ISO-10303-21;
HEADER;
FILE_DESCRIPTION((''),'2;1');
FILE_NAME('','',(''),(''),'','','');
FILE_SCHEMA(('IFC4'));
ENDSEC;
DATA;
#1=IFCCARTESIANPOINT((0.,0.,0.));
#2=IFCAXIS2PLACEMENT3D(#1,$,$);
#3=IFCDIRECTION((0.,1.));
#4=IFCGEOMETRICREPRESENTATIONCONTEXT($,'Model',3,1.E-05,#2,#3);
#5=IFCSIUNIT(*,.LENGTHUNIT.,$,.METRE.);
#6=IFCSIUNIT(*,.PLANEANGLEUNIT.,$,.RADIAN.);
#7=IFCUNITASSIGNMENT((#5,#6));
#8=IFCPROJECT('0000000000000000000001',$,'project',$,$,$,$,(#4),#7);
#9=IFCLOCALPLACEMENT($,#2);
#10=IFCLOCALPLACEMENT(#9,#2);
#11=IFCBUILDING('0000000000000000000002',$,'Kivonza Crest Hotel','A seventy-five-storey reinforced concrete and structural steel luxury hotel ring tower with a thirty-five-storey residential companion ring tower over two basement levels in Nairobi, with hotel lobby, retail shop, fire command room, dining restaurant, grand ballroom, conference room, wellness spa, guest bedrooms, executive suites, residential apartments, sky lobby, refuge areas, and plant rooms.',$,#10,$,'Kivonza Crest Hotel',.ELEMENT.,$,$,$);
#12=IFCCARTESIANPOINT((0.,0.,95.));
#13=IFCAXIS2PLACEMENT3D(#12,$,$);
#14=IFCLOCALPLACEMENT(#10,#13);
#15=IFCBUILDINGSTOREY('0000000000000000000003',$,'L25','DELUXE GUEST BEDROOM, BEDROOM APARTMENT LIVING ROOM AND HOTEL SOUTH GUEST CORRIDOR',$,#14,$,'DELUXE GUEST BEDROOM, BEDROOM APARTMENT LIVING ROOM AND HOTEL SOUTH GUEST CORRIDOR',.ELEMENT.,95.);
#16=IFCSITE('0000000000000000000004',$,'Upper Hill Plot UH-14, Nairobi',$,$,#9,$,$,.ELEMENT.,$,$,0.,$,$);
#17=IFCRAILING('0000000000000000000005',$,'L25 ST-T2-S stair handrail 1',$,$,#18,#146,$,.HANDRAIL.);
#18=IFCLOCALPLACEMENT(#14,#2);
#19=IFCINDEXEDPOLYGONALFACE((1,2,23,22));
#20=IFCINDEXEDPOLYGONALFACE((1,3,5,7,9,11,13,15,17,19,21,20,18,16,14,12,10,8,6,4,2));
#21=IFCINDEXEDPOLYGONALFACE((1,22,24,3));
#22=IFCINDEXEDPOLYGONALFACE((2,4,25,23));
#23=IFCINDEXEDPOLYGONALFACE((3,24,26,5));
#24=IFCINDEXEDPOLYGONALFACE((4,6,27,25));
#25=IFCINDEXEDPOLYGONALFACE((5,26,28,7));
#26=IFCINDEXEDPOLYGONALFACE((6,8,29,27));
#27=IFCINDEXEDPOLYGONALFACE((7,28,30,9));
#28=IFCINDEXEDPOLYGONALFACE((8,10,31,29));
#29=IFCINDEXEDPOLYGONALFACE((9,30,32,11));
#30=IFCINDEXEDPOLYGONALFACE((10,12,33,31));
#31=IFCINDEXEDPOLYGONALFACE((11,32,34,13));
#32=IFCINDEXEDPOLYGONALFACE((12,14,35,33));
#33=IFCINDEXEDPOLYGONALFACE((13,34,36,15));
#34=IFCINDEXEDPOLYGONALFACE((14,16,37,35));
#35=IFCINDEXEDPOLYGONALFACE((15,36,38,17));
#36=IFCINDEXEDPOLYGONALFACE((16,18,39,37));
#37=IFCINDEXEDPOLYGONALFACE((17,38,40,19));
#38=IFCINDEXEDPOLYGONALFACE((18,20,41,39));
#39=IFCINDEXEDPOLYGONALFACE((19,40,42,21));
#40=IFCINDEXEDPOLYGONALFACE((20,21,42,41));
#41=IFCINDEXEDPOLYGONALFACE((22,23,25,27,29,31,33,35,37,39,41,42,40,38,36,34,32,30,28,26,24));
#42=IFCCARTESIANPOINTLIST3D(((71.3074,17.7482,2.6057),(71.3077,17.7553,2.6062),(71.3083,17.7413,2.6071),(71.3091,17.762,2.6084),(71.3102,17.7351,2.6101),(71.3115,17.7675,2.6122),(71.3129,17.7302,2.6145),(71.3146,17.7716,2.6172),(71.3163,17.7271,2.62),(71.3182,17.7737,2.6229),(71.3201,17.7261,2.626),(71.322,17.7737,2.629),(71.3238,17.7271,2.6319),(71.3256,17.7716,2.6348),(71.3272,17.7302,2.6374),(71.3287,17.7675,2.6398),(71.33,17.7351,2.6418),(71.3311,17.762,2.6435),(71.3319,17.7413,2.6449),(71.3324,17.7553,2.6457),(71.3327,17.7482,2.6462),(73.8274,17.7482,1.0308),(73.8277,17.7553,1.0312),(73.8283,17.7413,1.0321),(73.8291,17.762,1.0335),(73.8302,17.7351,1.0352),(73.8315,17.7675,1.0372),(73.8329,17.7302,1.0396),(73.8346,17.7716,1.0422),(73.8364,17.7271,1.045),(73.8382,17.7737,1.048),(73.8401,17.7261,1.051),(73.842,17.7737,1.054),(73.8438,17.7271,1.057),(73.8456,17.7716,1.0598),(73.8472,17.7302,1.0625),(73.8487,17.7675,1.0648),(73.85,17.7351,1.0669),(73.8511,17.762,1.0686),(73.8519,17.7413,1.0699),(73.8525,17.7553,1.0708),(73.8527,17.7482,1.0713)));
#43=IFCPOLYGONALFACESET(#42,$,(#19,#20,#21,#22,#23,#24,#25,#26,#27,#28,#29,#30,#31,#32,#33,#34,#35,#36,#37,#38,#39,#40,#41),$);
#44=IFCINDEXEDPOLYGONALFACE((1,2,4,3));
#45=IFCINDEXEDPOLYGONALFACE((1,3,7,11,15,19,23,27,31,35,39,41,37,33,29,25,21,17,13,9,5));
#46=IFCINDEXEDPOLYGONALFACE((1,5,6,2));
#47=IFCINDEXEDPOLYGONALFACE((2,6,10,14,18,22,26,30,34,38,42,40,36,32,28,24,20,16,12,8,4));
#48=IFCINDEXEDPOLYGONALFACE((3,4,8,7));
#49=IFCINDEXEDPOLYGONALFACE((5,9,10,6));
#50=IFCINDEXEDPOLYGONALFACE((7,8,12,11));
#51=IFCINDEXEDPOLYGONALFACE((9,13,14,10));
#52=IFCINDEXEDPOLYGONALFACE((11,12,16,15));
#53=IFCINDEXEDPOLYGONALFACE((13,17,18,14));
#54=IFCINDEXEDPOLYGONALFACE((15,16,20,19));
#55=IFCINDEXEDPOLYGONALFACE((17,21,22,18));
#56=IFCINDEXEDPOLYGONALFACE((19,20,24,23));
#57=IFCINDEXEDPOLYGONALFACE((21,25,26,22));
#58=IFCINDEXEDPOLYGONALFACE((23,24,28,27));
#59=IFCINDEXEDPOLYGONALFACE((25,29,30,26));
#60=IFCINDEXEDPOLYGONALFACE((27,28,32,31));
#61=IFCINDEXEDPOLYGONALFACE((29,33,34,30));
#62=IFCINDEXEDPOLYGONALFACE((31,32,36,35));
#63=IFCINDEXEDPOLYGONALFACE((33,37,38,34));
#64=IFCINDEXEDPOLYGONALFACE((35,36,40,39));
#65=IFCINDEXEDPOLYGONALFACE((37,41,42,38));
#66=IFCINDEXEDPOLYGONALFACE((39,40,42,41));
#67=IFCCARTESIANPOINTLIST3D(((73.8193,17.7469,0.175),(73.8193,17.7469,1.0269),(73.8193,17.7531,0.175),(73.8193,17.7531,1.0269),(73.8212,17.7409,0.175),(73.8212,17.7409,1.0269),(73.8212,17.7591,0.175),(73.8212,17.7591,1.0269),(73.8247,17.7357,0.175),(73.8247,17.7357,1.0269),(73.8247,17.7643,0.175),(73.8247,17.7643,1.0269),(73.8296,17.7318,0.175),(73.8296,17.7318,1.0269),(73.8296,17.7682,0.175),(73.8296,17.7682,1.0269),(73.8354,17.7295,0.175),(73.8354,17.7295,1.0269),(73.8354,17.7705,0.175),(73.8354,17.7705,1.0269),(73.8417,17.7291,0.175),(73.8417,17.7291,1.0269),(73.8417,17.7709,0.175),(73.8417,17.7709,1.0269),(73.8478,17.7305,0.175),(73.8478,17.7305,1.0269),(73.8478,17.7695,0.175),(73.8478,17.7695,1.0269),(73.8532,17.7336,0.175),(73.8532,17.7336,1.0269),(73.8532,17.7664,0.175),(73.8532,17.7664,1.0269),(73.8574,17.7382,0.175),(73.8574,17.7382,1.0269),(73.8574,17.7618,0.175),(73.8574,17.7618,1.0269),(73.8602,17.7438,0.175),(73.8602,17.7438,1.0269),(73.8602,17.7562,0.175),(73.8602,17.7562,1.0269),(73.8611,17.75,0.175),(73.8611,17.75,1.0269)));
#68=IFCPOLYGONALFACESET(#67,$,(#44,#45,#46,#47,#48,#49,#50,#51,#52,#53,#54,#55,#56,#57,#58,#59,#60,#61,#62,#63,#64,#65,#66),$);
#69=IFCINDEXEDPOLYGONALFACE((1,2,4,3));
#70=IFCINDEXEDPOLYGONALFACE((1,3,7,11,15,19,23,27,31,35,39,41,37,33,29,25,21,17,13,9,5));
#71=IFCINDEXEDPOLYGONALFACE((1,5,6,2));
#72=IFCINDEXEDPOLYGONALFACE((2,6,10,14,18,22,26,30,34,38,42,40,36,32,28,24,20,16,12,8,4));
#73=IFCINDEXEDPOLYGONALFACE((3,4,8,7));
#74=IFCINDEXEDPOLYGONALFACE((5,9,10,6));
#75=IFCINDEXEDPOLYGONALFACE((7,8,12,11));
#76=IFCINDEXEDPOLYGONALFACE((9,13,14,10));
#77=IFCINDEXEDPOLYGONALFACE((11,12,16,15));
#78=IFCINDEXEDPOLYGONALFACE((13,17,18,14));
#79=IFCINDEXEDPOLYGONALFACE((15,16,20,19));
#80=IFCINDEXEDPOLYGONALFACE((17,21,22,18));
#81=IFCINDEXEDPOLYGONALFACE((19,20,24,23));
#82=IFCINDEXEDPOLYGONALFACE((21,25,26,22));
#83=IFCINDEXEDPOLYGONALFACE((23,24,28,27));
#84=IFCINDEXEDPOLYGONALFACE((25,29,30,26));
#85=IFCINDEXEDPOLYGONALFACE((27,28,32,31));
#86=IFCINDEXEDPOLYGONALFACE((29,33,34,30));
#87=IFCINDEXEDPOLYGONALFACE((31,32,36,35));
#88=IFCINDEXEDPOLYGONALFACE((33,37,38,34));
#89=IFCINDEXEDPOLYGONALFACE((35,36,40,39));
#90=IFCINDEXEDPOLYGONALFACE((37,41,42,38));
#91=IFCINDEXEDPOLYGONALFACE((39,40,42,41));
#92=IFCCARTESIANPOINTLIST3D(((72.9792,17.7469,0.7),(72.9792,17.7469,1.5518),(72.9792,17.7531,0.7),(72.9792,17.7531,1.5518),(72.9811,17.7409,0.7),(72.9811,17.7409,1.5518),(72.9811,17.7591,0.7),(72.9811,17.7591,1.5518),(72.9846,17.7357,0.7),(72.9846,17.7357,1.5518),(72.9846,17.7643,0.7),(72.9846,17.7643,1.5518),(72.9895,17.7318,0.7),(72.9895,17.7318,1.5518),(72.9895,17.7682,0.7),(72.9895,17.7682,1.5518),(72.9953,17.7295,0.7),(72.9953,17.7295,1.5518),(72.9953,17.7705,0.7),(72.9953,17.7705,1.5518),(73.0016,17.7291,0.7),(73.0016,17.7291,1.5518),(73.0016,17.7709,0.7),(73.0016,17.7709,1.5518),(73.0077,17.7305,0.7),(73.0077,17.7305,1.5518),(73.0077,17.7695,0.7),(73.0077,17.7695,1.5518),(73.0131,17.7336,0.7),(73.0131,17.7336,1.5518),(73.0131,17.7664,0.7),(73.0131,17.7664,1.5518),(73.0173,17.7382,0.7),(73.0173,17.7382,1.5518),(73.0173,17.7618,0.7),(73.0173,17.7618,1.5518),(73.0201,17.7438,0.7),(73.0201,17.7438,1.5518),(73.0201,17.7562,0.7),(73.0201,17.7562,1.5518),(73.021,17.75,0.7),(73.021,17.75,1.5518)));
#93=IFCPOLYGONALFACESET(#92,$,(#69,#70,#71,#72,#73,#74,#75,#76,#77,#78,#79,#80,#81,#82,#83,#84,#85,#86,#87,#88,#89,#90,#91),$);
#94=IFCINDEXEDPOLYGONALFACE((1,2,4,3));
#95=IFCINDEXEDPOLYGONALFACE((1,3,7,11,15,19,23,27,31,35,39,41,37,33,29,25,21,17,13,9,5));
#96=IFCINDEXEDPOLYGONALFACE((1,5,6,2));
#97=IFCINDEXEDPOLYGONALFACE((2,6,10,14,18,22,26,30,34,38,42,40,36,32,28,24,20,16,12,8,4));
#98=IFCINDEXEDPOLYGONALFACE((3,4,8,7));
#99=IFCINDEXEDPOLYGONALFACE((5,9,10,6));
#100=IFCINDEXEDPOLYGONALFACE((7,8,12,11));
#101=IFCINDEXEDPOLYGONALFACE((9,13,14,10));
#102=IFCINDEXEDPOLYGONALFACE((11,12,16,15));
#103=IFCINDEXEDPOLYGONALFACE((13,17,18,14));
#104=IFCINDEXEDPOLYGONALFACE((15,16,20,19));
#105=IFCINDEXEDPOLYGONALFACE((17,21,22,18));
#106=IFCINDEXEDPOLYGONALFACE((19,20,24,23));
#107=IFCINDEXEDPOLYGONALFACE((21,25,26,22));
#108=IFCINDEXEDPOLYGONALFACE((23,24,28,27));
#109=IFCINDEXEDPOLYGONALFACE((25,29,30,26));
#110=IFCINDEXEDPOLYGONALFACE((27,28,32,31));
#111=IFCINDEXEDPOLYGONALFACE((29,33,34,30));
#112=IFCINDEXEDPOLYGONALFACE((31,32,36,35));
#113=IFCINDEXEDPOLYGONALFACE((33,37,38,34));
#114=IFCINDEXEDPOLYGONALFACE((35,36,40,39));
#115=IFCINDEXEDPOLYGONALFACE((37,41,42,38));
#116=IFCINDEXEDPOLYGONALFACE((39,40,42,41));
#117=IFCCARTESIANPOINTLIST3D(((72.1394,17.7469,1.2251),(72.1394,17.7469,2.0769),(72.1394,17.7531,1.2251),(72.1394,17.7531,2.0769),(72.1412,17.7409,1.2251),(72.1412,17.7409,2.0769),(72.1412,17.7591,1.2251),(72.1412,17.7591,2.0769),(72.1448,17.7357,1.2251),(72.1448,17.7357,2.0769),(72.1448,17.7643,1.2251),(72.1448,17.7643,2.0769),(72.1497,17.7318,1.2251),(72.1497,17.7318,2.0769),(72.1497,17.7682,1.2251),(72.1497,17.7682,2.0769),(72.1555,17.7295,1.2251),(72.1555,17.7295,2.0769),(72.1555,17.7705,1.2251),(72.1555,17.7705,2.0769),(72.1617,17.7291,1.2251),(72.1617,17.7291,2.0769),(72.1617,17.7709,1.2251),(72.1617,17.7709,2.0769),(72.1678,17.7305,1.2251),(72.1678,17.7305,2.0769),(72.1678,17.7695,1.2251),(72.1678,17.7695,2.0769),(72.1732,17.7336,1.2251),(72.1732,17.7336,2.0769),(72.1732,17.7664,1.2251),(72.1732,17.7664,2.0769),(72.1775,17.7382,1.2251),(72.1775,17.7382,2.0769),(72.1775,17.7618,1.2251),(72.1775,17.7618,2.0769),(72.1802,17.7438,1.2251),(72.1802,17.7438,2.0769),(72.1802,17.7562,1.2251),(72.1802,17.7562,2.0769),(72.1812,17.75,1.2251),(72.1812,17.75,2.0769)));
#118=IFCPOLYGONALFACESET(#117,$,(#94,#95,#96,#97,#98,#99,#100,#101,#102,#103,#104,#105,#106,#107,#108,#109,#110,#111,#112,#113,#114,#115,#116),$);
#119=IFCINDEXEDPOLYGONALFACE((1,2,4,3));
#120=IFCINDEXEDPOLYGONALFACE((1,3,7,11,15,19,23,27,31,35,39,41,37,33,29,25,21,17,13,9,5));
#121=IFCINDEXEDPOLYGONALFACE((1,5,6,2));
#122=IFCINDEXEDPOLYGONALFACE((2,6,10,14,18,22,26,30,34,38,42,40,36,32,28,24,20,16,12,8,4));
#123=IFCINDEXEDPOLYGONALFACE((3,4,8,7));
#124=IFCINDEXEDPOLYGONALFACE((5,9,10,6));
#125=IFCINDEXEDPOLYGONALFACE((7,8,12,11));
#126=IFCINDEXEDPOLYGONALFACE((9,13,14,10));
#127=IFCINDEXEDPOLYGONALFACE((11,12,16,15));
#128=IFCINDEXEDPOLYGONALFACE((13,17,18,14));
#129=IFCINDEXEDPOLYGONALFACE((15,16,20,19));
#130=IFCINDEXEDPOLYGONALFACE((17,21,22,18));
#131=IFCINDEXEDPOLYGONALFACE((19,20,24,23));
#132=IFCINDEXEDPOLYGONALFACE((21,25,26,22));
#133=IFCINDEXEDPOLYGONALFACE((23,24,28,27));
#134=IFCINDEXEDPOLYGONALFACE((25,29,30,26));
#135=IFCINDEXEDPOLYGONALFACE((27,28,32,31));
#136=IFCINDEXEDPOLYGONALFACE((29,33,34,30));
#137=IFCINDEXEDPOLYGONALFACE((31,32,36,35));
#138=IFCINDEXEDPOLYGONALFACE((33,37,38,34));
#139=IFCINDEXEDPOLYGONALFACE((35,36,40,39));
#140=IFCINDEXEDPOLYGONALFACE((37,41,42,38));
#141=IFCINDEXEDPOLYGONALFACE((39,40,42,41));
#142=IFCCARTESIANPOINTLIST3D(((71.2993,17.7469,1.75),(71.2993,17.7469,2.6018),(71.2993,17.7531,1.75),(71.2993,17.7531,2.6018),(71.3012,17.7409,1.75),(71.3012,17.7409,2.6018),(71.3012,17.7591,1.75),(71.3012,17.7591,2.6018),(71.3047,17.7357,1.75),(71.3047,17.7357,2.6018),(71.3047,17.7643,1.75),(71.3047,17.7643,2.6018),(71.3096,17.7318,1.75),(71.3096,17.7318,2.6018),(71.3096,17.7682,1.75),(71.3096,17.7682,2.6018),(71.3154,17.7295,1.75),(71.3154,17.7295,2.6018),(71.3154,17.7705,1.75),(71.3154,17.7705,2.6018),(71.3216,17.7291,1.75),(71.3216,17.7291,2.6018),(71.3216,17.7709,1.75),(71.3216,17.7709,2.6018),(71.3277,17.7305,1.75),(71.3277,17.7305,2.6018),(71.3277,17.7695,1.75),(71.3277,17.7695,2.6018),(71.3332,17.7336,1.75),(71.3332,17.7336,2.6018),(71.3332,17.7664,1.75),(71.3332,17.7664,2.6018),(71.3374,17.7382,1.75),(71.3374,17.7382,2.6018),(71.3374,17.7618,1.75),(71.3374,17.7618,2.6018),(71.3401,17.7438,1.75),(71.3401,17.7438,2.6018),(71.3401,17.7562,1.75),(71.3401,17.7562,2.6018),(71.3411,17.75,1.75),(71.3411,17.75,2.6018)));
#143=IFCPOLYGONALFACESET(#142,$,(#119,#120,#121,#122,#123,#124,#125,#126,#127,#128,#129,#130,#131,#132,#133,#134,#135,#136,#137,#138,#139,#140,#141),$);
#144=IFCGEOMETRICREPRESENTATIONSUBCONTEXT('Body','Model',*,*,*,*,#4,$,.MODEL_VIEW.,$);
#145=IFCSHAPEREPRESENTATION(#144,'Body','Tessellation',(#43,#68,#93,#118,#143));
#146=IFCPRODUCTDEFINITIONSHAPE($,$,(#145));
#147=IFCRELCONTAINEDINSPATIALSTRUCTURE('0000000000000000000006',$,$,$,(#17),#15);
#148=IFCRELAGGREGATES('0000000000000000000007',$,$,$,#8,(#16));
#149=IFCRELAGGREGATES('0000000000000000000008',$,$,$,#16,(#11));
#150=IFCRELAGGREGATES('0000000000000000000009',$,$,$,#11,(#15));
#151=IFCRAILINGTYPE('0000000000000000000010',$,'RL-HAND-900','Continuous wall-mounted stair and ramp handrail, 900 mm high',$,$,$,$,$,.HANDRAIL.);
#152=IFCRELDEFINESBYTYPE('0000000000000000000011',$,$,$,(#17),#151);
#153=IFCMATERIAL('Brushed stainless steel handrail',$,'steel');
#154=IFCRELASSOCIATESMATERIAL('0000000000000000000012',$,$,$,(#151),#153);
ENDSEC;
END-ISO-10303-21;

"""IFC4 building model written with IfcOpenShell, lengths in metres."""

from ifc_helpers import new_model, si_unit, direction, frame, origin, origin_2d, place, context, subcontext, project, spatial, circle, extrude, material, type_object, element, save


model = new_model("IFC4")

# Units and contexts
model_context = context("Model", 3, precision=1e-05, world=origin(), true_north=direction((0.0, 1.0)))
body_context = subcontext(model_context, "Body", "Model", "MODEL_VIEW")
ifc_project = project(units=[si_unit("LENGTHUNIT", "METRE"), si_unit("PLANEANGLEUNIT", "RADIAN")], contexts=[model_context])

# Site, building, storey
site_placement = place(None, origin())
site = spatial("IfcSite", under=ifc_project, at=site_placement, Name="Upper Hill Plot UH-14, Nairobi", CompositionType="ELEMENT", RefElevation=0.0)
building_placement = place(site_placement, origin())
building = spatial("IfcBuilding", under=site, at=building_placement, Name="Kivonza Crest Hotel", Description="A seventy-five-storey reinforced concrete and structural steel luxury hotel ring tower with a thirty-five-storey residential companion ring tower over two basement levels in Nairobi, with hotel lobby, retail shop, fire command room, dining restaurant, grand ballroom, conference room, wellness spa, guest bedrooms, executive suites, residential apartments, sky lobby, refuge areas, and plant rooms.", LongName="Kivonza Crest Hotel", CompositionType="ELEMENT")
storey_placement = place(building_placement, frame((0.0, 0.0, 95.0)))
storey = spatial("IfcBuildingStorey", under=building, at=storey_placement, Name="L25", Description="DELUXE GUEST BEDROOM, BEDROOM APARTMENT LIVING ROOM AND HOTEL SOUTH GUEST CORRIDOR", LongName="DELUXE GUEST BEDROOM, BEDROOM APARTMENT LIVING ROOM AND HOTEL SOUTH GUEST CORRIDOR", CompositionType="ELEMENT", Elevation=95.0)

# Railing
ifc_material_1 = material(Name="Brushed stainless steel handrail", Category="steel")
railing_type_1 = type_object("IfcRailingType", Name="RL-HAND-900", Description="Continuous wall-mounted stair and ramp handrail, 900 mm high", PredefinedType="HANDRAIL", material=ifc_material_1)
railing_1_placement = place(storey_placement, frame((73.8401, 17.75, 0.175)))
element("IfcRailing", 1, at=railing_1_placement, inside=storey, type_object=railing_type_1, Name="L25 ST-T2-S stair handrail 1", PredefinedType="HANDRAIL", context=body_context, shape_type="SweptSolid", body=[
    extrude(circle(Radius=0.0239, at=origin_2d()), frame((0.0, 0.0, 0.876), z_axis=(-0.848008, 0.0, 0.529984), x_axis=(0.0, -1.0, 0.0)), (0.0, 0.0, 1.0), 2.9717),
    extrude(circle(Radius=0.021, at=origin_2d()), origin(), (0.0, 0.0, 1.0), 0.8518),
    extrude(circle(Radius=0.021, at=origin_2d()), frame((-0.8401, 0.0, 0.5249)), (0.0, 0.0, 1.0), 0.8518),
    extrude(circle(Radius=0.021, at=origin_2d()), frame((-1.6799, 0.0, 1.05)), (0.0, 0.0, 1.0), 0.8518),
    extrude(circle(Radius=0.021, at=origin_2d()), frame((-2.52, 0.0, 1.575)), (0.0, 0.0, 1.0), 0.8518),
])

save(model, "model.ifc")
